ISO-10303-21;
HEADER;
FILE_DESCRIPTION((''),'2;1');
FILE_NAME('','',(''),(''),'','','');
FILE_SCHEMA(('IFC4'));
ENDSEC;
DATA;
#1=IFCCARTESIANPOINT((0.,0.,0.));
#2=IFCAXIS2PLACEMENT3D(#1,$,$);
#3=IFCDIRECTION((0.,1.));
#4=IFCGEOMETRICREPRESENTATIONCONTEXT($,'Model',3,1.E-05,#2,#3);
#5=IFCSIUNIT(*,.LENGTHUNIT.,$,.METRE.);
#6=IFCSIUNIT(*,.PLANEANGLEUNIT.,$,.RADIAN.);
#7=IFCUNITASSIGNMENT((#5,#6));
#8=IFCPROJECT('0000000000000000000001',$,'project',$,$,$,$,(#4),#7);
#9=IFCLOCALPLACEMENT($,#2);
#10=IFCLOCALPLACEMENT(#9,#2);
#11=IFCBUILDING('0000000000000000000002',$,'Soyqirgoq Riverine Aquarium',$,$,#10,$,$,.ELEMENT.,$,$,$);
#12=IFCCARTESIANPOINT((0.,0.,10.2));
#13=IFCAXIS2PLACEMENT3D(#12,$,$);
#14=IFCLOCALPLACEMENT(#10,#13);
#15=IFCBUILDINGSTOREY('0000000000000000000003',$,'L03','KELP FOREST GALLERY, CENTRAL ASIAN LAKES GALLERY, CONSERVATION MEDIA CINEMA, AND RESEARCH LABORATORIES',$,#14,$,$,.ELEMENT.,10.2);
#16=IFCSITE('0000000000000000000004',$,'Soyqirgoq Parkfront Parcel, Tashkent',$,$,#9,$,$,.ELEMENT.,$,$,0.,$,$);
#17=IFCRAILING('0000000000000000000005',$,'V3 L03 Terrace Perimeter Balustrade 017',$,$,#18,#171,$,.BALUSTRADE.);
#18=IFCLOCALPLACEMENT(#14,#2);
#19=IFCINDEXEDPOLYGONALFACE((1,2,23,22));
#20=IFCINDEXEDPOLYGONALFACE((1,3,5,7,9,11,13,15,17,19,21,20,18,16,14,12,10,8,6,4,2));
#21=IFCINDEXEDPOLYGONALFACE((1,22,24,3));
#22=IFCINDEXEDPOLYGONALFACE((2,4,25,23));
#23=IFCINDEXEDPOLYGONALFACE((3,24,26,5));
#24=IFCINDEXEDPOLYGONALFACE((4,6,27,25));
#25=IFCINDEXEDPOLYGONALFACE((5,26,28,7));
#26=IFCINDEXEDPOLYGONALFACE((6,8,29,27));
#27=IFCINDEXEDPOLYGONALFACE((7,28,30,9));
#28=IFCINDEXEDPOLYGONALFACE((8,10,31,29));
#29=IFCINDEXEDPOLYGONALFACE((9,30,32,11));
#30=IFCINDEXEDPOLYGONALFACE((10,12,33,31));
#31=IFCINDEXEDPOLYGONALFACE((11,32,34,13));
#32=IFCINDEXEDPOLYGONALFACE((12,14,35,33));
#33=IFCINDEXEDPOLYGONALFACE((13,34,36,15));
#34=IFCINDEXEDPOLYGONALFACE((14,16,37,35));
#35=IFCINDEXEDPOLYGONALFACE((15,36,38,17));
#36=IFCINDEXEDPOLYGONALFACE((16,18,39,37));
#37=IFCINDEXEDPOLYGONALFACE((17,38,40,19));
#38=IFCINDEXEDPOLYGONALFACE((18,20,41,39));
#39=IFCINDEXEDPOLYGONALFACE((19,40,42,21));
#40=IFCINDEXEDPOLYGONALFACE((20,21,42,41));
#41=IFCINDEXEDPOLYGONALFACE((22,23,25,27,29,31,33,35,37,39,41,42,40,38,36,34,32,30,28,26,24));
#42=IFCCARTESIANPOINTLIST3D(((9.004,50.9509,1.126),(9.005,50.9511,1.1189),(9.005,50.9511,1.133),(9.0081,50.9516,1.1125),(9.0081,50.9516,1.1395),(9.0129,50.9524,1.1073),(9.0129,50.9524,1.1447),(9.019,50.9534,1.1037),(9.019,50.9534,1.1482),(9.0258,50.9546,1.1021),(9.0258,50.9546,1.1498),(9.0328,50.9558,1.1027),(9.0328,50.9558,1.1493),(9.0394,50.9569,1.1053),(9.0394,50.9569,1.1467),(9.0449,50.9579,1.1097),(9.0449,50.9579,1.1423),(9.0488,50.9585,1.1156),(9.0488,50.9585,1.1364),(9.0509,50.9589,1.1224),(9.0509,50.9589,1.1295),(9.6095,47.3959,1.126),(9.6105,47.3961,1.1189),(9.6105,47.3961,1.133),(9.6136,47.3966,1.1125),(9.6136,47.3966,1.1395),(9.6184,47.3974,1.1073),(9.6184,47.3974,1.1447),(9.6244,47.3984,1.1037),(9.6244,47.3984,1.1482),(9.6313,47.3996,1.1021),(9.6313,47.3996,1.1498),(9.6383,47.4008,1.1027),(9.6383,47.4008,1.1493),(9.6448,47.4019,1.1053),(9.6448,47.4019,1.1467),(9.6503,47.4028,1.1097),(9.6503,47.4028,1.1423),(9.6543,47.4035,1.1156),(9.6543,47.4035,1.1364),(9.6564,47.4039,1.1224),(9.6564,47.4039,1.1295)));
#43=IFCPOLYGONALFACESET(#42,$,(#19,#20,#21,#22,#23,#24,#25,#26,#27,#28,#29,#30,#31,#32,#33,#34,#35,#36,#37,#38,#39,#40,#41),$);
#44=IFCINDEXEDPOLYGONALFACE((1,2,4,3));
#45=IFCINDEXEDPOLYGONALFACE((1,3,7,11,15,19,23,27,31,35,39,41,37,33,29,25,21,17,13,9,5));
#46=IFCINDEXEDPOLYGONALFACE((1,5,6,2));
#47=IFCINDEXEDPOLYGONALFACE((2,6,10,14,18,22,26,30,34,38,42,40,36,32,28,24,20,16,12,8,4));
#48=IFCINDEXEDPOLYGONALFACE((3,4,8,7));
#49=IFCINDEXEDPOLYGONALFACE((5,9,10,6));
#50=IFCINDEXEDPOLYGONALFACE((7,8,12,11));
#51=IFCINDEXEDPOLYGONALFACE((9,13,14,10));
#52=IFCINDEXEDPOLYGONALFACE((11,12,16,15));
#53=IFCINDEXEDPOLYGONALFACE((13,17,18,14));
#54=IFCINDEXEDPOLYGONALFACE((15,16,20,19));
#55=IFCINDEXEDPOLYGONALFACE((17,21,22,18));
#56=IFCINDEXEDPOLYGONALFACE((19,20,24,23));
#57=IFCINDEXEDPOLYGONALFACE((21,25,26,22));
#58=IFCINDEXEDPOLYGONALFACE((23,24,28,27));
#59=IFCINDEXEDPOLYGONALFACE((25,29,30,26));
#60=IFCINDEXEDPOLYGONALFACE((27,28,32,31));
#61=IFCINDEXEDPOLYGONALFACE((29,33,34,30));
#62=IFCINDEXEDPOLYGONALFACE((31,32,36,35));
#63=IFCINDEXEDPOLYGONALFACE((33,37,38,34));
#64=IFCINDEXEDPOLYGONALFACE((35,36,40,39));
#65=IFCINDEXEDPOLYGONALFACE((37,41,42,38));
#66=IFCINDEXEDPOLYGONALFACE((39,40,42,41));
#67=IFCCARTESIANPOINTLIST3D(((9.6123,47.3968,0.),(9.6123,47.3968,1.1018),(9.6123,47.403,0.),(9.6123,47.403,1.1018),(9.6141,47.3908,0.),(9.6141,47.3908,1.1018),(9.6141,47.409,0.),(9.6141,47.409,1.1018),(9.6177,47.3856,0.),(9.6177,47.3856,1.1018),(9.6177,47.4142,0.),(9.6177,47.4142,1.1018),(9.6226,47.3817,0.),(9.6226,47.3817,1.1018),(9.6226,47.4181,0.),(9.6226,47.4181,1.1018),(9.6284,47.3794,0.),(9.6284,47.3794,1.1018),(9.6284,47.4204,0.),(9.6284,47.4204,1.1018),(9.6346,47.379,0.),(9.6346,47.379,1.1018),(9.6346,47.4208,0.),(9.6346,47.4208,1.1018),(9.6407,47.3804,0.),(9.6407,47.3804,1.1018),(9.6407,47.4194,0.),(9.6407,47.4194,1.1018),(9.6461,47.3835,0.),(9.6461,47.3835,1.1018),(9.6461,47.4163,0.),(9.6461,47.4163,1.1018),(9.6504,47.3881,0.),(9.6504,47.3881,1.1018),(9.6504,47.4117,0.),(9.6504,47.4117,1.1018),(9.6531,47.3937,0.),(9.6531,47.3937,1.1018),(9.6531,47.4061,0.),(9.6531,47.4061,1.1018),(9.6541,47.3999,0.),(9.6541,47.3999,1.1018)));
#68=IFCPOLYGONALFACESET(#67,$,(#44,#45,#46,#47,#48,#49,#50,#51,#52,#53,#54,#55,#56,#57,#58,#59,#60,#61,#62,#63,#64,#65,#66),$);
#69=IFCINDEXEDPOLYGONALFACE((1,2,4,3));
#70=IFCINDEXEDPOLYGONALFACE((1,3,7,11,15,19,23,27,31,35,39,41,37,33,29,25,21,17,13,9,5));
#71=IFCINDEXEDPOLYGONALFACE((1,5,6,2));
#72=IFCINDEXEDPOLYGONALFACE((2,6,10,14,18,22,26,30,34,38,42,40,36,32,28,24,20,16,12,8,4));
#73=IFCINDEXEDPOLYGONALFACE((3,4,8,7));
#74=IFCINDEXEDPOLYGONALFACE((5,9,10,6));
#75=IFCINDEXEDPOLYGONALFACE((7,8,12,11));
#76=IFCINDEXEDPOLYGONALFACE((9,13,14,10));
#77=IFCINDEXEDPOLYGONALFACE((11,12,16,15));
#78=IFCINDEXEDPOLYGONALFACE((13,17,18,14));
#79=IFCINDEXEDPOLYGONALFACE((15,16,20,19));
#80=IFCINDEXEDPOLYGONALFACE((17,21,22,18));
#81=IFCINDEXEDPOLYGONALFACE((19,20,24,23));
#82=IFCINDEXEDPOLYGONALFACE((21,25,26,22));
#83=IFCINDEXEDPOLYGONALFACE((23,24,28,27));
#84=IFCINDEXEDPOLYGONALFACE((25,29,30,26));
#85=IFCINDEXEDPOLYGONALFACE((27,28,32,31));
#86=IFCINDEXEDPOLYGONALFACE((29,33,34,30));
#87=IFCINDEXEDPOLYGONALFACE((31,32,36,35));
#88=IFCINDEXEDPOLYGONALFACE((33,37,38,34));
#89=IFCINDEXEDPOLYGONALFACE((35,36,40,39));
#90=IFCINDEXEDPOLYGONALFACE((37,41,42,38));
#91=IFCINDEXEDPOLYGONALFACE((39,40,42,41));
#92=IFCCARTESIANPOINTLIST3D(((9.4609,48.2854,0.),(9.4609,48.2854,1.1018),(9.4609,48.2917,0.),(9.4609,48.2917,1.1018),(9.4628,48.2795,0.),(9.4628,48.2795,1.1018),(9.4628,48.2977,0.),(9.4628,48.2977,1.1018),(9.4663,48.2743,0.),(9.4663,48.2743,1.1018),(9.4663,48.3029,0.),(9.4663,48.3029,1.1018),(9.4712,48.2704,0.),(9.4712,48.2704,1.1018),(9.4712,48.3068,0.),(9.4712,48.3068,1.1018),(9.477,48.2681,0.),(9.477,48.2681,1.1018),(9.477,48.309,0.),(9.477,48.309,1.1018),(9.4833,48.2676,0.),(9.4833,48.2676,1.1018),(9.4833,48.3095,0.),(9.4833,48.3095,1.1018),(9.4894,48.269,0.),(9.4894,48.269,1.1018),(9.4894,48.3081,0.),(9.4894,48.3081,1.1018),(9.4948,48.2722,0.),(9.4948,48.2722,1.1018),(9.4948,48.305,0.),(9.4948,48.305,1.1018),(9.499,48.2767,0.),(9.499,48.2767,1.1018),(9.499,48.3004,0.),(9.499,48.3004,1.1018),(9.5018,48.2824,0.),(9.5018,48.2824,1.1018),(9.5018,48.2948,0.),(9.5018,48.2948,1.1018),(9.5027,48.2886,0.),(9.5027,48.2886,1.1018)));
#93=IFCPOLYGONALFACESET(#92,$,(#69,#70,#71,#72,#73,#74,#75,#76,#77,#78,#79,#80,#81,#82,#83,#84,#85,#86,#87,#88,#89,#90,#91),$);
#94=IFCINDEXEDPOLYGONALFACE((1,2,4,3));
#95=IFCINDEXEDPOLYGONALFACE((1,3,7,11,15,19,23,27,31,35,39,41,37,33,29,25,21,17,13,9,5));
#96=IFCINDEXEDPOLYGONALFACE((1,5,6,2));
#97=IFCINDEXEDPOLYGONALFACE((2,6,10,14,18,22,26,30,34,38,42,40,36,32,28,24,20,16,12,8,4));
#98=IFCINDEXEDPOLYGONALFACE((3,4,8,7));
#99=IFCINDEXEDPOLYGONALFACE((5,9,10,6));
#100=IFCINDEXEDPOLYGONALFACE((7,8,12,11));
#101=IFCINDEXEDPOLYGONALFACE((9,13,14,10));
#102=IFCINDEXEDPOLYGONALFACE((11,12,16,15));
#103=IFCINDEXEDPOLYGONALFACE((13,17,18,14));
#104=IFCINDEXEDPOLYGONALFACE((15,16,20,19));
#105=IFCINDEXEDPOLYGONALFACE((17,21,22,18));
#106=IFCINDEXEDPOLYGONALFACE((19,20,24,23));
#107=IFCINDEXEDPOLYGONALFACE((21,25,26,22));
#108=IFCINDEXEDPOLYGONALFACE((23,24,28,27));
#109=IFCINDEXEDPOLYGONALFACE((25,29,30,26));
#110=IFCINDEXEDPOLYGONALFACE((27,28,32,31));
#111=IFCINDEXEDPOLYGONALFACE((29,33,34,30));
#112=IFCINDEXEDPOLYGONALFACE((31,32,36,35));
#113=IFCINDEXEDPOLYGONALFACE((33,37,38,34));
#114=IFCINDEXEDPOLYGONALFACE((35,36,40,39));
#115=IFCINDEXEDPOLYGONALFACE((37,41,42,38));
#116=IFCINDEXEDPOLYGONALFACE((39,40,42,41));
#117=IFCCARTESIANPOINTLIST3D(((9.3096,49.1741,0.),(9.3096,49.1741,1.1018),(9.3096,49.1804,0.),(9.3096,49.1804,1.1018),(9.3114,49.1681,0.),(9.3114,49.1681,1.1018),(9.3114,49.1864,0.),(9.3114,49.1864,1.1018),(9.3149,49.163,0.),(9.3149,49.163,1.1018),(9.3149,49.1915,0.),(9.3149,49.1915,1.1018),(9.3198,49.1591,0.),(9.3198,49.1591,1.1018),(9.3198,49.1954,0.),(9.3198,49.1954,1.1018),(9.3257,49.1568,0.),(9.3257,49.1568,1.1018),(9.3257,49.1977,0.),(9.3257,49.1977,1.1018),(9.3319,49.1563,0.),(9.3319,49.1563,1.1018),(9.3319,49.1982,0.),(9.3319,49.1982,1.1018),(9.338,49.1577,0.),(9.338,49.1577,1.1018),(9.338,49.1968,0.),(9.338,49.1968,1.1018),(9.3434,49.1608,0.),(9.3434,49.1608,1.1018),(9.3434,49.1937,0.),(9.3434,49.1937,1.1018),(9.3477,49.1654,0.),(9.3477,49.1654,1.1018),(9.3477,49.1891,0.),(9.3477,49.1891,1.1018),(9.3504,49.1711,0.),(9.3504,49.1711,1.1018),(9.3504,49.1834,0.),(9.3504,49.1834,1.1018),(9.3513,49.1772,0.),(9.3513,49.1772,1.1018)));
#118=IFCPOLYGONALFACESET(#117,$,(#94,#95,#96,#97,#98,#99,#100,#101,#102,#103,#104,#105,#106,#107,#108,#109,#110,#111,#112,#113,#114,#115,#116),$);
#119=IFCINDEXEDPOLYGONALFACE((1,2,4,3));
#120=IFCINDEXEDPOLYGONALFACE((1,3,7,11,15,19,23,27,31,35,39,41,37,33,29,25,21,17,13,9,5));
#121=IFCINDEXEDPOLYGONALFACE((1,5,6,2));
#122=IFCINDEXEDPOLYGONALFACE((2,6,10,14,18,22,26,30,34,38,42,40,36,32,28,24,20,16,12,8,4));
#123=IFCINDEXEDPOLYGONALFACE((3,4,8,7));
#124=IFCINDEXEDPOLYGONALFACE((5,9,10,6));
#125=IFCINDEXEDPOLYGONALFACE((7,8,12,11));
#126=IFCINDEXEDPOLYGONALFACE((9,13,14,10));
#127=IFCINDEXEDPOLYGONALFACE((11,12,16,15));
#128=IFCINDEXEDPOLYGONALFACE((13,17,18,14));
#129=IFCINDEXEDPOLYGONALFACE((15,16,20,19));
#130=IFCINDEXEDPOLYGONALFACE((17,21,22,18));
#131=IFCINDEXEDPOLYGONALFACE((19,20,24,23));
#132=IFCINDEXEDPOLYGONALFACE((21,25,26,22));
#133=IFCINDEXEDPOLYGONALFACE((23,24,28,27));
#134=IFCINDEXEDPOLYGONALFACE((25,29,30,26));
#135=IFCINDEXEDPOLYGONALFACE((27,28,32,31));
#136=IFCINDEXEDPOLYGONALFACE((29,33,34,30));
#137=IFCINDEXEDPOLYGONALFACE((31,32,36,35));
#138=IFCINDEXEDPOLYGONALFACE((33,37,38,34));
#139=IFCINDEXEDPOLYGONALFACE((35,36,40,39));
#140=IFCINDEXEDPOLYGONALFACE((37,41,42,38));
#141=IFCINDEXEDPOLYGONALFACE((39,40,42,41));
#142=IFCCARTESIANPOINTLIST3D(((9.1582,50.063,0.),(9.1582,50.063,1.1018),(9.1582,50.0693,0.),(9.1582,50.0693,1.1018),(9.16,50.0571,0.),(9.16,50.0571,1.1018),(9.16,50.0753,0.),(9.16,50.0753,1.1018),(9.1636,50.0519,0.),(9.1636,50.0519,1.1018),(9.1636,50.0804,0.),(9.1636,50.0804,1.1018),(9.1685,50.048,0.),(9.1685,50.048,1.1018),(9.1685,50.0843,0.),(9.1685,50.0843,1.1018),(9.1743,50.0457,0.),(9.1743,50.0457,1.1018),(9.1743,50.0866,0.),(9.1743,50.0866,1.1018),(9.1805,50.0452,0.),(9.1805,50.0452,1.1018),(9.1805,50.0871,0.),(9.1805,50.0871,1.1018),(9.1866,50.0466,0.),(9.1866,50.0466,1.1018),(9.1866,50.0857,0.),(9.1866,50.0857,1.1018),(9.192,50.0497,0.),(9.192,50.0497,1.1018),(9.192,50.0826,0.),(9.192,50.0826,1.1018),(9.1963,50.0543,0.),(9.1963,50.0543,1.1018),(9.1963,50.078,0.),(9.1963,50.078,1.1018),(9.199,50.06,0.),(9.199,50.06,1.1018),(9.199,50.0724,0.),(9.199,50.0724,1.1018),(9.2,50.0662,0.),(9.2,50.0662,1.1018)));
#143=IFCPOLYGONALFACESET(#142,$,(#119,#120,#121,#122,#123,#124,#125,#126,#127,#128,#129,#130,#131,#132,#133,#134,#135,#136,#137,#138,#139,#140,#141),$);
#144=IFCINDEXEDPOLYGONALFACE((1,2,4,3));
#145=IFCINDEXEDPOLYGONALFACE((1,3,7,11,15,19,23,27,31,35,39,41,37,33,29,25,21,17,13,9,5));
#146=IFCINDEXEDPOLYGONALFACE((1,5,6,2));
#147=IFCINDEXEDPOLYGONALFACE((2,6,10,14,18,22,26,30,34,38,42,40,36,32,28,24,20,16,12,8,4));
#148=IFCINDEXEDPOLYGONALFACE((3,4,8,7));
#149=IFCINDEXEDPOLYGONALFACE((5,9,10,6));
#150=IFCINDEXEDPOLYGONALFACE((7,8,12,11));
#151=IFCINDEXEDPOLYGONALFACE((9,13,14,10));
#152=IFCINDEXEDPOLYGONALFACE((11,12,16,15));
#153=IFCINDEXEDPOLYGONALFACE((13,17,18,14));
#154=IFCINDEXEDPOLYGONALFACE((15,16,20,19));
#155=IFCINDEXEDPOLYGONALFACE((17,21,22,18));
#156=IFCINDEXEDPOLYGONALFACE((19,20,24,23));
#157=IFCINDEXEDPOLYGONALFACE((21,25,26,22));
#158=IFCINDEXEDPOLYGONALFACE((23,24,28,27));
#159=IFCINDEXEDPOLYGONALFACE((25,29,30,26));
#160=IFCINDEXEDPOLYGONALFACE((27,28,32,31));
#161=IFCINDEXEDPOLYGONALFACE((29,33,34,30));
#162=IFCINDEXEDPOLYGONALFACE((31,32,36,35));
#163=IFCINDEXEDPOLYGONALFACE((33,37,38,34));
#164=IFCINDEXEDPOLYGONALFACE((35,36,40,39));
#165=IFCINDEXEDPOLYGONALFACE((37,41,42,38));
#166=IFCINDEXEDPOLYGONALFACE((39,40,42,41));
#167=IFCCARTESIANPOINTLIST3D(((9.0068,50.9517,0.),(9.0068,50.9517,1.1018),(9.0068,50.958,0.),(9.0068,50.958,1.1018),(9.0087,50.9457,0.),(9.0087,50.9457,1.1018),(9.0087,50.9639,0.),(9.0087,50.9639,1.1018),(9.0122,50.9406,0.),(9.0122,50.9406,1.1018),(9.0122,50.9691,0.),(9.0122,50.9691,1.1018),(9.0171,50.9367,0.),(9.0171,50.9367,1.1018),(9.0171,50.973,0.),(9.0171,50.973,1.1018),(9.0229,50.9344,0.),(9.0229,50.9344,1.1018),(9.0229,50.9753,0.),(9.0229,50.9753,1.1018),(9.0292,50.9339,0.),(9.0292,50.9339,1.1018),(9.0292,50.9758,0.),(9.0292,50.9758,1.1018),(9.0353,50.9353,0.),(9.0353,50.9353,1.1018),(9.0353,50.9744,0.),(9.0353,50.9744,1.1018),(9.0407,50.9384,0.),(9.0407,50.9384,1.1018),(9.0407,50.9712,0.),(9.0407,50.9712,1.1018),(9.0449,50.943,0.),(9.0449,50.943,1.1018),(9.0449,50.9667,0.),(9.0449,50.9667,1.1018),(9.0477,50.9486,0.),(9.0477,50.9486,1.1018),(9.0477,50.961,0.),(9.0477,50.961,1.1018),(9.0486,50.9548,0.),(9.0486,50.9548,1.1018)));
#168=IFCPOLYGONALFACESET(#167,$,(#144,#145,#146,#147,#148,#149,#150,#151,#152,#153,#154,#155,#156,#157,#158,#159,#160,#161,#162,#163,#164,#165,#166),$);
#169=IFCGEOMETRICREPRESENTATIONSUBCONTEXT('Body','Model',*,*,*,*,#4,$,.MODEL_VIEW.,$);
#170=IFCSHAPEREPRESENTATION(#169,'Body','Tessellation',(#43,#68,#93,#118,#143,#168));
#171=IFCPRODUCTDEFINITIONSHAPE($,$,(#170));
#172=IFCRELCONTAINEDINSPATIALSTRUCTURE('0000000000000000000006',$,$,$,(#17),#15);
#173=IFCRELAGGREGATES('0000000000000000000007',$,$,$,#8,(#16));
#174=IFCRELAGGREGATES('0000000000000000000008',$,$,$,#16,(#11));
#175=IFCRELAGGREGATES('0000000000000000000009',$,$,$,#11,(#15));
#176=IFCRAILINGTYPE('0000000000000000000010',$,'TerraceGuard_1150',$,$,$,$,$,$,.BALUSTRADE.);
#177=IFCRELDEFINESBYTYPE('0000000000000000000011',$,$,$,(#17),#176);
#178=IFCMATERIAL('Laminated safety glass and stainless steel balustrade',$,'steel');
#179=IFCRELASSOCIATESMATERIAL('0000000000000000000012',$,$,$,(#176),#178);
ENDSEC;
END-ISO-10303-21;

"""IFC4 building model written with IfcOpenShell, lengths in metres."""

from ifc_helpers import new_model, si_unit, direction, frame, origin, origin_2d, place, context, subcontext, project, spatial, circle, extrude, material, type_object, element, save


model = new_model("IFC4")

# Units and contexts
model_context = context("Model", 3, precision=1e-05, world=origin(), true_north=direction((0.0, 1.0)))
body_context = subcontext(model_context, "Body", "Model", "MODEL_VIEW")
ifc_project = project(units=[si_unit("LENGTHUNIT", "METRE"), si_unit("PLANEANGLEUNIT", "RADIAN")], contexts=[model_context])

# Site, building, storey
site_placement = place(None, origin())
site = spatial("IfcSite", under=ifc_project, at=site_placement, Name="Soyqirgoq Parkfront Parcel, Tashkent", CompositionType="ELEMENT", RefElevation=0.0)
building_placement = place(site_placement, origin())
building = spatial("IfcBuilding", under=site, at=building_placement, Name="Soyqirgoq Riverine Aquarium", CompositionType="ELEMENT")
storey_placement = place(building_placement, frame((0.0, 0.0, 10.2)))
storey = spatial("IfcBuildingStorey", under=building, at=storey_placement, Name="L03", Description="KELP FOREST GALLERY, CENTRAL ASIAN LAKES GALLERY, CONSERVATION MEDIA CINEMA, AND RESEARCH LABORATORIES", CompositionType="ELEMENT", Elevation=10.2)

# Railing
ifc_material_1 = material(Name="Laminated safety glass and stainless steel balustrade", Category="steel")
railing_type = type_object("IfcRailingType", Name="TerraceGuard_1150", PredefinedType="BALUSTRADE", material=ifc_material_1)
railing_1_placement = place(storey_placement, frame((9.6331, 47.3999, 0.0)))
element("IfcRailing", 1, at=railing_1_placement, inside=storey, type_object=railing_type, Name="V3 L03 Terrace Perimeter Balustrade 017", PredefinedType="BALUSTRADE", context=body_context, shape_type="SweptSolid", body=[
    extrude(circle(Radius=0.0239, at=origin_2d()), frame((0.0, 0.0, 1.126), z_axis=(-0.1679, 0.985804, 0.0), x_axis=(-0.985804, -0.1679, 0.0)), (0.0, 0.0, 1.0), 3.6062),
    extrude(circle(Radius=0.021, at=origin_2d()), origin(), (0.0, 0.0, 1.0), 1.1018),
    extrude(circle(Radius=0.021, at=origin_2d()), frame((-0.1514, 0.8887, 0.0)), (0.0, 0.0, 1.0), 1.1018),
    extrude(circle(Radius=0.021, at=origin_2d()), frame((-0.3027, 1.7773, 0.0)), (0.0, 0.0, 1.0), 1.1018),
    extrude(circle(Radius=0.021, at=origin_2d()), frame((-0.4541, 2.6663, 0.0)), (0.0, 0.0, 1.0), 1.1018),
    extrude(circle(Radius=0.021, at=origin_2d()), frame((-0.6055, 3.5549, 0.0)), (0.0, 0.0, 1.0), 1.1018),
])

save(model, "model.ifc")
